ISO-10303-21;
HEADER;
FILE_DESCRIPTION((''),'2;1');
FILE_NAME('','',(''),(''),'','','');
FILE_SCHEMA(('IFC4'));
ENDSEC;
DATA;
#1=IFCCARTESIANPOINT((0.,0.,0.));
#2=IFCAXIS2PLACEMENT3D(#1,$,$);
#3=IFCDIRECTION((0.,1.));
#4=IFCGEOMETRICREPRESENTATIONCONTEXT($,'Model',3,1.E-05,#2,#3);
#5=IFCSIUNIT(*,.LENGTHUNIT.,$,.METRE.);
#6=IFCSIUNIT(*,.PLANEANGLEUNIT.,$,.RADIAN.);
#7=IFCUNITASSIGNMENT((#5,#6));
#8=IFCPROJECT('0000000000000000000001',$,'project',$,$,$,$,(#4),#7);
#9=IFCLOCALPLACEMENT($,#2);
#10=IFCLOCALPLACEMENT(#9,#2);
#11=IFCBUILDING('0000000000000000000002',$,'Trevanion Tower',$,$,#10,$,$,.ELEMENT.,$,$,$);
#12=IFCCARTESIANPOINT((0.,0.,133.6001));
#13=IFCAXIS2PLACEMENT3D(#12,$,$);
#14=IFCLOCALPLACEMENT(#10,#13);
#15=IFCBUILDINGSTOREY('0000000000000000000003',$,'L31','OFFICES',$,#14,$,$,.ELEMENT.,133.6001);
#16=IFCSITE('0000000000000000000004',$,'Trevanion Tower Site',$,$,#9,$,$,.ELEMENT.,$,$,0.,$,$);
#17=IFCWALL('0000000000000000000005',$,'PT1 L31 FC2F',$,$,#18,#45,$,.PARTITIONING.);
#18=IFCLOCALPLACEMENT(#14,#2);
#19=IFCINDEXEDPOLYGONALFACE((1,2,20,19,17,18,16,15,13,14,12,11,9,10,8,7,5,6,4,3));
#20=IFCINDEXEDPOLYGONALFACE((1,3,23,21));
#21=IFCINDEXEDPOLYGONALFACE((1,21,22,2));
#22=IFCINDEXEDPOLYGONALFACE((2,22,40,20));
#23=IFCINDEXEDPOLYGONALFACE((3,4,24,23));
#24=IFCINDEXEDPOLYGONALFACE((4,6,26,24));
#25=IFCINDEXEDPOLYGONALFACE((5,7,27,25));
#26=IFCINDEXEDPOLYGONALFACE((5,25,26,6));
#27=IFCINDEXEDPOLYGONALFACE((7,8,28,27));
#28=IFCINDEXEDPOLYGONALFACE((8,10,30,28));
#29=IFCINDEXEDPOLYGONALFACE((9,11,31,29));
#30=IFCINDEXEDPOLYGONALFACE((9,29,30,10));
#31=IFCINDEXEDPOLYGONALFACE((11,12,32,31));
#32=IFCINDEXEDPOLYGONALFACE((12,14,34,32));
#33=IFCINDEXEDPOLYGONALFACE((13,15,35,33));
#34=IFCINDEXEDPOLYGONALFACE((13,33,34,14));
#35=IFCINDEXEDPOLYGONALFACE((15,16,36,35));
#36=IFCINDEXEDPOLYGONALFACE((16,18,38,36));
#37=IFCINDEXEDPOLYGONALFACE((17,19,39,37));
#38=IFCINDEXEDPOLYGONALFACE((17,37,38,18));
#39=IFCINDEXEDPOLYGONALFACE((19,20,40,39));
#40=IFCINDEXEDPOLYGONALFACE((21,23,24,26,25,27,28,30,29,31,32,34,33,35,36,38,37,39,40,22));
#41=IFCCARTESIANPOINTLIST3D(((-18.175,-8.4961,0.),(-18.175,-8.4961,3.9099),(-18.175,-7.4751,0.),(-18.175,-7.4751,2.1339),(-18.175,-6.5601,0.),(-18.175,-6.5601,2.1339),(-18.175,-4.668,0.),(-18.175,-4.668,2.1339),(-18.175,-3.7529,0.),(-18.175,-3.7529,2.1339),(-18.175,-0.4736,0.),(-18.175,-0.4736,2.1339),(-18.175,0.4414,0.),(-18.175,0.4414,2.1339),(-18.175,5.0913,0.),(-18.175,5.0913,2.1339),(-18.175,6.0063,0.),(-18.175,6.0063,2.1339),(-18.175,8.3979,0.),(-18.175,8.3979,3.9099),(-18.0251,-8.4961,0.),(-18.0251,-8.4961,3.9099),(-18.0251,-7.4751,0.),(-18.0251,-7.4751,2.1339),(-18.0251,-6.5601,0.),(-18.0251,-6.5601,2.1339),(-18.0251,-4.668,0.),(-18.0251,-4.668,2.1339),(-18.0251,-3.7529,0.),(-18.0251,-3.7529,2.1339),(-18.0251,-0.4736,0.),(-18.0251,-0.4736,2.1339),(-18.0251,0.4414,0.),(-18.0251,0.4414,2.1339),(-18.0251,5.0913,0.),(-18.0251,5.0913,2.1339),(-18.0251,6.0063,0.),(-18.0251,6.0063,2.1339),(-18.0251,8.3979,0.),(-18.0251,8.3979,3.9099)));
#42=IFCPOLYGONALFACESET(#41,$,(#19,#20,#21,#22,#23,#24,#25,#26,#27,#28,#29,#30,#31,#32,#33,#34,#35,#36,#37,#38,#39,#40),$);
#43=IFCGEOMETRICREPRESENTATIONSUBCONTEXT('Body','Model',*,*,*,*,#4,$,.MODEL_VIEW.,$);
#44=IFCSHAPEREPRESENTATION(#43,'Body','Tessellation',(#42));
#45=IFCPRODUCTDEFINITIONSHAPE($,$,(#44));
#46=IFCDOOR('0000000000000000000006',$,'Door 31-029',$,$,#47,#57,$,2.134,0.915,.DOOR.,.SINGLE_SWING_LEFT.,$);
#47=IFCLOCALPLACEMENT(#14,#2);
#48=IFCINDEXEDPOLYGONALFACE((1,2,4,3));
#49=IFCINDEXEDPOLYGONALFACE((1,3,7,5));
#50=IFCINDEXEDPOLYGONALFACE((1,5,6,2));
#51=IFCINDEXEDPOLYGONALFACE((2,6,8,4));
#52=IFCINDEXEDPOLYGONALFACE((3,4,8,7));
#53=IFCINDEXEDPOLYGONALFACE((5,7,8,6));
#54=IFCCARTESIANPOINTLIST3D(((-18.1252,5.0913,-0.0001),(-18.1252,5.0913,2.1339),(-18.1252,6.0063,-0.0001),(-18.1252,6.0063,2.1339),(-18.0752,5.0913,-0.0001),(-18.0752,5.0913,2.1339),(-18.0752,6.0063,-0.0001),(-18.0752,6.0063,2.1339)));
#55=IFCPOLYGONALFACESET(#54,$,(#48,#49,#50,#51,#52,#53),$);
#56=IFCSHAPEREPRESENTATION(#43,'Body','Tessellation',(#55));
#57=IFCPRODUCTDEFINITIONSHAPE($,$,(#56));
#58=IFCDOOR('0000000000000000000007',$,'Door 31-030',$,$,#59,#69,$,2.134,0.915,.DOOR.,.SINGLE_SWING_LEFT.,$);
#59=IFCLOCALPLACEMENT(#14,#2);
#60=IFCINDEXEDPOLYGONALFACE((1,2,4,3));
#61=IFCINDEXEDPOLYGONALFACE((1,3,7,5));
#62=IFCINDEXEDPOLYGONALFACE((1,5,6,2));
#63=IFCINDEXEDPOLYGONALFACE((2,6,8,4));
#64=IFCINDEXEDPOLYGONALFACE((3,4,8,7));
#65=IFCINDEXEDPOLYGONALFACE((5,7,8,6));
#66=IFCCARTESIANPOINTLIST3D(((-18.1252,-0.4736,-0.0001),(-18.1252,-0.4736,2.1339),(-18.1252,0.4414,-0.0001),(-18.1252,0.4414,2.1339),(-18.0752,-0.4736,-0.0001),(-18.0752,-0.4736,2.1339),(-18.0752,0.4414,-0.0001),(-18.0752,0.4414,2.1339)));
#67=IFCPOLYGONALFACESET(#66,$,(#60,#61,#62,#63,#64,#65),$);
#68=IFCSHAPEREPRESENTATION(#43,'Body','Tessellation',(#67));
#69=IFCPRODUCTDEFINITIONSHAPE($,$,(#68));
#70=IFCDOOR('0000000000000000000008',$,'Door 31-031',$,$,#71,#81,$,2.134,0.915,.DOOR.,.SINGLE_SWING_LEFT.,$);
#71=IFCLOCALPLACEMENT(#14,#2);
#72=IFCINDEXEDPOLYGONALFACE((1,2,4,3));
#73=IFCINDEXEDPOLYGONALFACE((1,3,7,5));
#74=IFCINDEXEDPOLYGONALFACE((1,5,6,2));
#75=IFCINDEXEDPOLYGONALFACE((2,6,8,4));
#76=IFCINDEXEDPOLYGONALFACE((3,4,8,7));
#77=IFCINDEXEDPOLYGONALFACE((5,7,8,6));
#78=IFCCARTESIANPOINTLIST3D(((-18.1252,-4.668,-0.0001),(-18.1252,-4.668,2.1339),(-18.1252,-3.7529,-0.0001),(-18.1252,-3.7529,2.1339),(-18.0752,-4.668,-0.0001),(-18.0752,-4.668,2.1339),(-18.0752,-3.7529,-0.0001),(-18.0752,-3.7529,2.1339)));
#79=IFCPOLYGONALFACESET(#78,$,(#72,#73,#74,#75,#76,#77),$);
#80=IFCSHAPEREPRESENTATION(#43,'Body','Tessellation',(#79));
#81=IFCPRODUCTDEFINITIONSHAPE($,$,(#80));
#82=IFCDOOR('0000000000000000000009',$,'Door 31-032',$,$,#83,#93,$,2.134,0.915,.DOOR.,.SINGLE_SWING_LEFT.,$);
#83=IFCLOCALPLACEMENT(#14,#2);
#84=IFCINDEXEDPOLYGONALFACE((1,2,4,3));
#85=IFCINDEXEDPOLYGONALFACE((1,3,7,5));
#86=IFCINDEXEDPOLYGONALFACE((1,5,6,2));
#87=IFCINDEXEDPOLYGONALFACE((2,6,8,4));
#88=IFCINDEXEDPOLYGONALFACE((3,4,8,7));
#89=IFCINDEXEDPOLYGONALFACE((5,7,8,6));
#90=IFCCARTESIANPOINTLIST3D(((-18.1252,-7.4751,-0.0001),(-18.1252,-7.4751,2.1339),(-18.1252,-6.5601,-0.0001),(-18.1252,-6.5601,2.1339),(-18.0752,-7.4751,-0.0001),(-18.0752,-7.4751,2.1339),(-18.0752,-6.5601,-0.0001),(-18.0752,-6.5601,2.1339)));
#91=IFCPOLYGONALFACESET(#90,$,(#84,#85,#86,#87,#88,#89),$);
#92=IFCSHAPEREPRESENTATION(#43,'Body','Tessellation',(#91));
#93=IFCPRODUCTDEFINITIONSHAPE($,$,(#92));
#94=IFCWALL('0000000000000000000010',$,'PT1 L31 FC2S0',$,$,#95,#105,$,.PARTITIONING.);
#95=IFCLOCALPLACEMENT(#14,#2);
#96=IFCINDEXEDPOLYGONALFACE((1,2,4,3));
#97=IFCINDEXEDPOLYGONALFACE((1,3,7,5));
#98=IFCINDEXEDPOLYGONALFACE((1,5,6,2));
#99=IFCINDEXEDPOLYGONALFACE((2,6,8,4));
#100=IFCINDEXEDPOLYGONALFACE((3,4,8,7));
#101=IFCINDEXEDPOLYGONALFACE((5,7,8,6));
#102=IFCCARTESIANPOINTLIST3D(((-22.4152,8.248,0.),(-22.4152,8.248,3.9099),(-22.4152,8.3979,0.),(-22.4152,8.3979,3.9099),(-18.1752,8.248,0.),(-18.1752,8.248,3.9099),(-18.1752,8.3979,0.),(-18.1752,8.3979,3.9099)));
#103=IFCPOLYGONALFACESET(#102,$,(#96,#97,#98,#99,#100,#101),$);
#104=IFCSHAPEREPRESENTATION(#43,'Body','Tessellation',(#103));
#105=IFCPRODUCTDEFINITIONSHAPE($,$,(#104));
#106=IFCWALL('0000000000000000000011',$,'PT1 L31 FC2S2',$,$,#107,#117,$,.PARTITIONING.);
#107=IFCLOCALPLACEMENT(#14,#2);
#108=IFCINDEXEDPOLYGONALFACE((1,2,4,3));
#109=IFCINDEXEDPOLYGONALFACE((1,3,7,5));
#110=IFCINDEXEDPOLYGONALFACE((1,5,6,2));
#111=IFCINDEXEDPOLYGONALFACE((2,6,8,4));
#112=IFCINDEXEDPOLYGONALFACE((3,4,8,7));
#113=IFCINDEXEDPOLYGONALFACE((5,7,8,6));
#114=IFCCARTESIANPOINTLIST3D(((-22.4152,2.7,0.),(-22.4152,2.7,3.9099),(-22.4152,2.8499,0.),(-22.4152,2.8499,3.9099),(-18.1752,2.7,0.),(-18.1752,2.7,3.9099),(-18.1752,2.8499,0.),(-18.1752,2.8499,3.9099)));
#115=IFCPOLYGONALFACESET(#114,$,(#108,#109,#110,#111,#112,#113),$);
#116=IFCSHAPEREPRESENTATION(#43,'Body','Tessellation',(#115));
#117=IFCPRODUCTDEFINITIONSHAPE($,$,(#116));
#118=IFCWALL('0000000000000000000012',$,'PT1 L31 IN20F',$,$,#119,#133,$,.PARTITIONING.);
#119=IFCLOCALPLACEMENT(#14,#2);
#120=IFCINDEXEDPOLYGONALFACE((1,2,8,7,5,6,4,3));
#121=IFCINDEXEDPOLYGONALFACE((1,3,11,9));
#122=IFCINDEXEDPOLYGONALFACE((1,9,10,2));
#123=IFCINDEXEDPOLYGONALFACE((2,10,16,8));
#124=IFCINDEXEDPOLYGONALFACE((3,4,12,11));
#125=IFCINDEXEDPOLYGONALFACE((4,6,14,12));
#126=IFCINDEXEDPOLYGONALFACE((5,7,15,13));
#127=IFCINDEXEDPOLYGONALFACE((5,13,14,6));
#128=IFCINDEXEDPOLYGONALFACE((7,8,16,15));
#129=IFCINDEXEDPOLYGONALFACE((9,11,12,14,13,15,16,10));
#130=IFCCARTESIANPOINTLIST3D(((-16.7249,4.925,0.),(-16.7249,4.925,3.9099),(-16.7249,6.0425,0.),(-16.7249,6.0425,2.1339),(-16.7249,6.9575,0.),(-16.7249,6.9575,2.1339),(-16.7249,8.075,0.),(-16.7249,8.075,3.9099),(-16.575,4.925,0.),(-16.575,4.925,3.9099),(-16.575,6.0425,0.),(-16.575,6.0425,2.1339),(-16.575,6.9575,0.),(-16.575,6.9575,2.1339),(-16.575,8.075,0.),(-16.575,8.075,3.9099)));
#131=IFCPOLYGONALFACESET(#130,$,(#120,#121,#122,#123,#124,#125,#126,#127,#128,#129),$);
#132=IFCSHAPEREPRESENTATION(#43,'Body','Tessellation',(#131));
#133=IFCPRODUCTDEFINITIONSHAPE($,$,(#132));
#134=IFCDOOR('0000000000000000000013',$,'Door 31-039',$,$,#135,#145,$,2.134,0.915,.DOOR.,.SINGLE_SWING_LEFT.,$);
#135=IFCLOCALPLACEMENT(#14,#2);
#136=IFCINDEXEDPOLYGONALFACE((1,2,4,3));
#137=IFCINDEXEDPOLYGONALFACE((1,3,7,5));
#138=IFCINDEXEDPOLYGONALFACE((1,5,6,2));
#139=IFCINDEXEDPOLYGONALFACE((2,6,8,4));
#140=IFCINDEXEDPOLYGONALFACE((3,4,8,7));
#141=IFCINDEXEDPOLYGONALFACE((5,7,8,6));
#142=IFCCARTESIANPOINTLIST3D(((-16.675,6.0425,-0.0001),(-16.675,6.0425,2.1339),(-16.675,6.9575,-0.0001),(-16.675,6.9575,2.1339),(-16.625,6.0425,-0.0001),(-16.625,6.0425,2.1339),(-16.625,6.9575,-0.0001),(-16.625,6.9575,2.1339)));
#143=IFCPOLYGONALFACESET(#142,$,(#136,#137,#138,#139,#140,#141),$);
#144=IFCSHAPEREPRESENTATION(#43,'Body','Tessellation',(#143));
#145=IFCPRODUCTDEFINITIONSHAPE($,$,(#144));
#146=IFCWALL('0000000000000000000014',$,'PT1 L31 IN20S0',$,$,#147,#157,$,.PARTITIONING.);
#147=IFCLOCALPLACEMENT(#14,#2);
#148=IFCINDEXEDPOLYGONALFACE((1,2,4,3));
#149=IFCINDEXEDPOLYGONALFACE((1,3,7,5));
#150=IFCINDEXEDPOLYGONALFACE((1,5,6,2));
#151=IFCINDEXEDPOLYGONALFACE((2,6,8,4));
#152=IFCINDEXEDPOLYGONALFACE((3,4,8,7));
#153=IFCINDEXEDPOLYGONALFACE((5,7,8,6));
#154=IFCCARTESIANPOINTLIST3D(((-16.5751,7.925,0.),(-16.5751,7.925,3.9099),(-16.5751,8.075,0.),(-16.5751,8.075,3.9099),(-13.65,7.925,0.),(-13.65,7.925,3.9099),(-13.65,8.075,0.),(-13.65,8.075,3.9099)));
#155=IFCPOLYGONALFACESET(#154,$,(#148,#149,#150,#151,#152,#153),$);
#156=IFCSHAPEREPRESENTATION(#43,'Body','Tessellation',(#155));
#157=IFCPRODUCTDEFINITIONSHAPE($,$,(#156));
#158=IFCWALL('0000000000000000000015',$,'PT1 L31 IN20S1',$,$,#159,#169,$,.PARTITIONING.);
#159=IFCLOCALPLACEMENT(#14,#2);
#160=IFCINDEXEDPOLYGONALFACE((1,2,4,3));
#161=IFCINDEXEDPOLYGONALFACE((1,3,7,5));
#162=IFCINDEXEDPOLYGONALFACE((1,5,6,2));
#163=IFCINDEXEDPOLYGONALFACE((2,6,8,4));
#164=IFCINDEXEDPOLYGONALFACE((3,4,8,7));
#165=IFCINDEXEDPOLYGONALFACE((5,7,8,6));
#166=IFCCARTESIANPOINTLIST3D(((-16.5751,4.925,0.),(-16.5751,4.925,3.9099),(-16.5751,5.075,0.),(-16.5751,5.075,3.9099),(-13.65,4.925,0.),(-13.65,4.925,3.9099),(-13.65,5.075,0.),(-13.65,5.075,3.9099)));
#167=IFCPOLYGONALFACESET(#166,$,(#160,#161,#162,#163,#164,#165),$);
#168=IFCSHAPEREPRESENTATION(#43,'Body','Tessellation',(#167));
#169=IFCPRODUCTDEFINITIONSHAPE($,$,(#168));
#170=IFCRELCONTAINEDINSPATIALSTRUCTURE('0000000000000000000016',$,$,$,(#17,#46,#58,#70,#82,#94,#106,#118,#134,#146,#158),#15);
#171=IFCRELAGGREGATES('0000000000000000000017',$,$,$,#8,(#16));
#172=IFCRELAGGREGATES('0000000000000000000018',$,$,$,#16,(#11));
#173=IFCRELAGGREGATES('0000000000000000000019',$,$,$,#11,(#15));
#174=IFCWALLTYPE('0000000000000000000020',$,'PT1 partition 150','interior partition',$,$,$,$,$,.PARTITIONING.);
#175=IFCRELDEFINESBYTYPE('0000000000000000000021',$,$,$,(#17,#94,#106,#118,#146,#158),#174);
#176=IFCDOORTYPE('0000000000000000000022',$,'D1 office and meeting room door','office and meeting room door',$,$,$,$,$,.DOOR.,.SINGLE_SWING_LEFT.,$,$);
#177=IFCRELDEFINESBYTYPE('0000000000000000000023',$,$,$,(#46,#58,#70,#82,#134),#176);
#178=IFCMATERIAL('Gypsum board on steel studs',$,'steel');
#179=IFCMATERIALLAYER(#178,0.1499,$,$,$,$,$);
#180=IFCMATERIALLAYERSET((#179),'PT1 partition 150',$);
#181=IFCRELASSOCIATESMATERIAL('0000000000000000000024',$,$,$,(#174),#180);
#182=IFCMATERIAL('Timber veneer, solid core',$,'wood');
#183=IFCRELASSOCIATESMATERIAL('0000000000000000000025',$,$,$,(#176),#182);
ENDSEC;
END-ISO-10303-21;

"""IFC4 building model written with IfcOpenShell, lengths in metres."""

from ifc_helpers import new_model, si_unit, direction, frame, frame_2d, origin, place, context, subcontext, project, spatial, rectangle, extrude, material, layer, layer_set, type_object, element, fill, save


model = new_model("IFC4")

# Units and contexts
model_context = context("Model", 3, precision=1e-05, world=origin(), true_north=direction((0.0, 1.0)))
body_context = subcontext(model_context, "Body", "Model", "MODEL_VIEW")
ifc_project = project(units=[si_unit("LENGTHUNIT", "METRE"), si_unit("PLANEANGLEUNIT", "RADIAN")], contexts=[model_context])

# Site, building, storey
site_placement = place(None, origin())
site = spatial("IfcSite", under=ifc_project, at=site_placement, Name="Trevanion Tower Site", CompositionType="ELEMENT", RefElevation=0.0)
building_placement = place(site_placement, origin())
building = spatial("IfcBuilding", under=site, at=building_placement, Name="Trevanion Tower", CompositionType="ELEMENT")
storey_placement = place(building_placement, frame((0.0, 0.0, 133.6001)))
storey = spatial("IfcBuildingStorey", under=building, at=storey_placement, Name="L31", Description="OFFICES", CompositionType="ELEMENT", Elevation=133.6001)

# Wall, openings, doors
ifc_material_1 = material(Name="Gypsum board on steel studs", Category="steel")
ifc_layer_1 = layer(ifc_material_1, 0.1499)
ifc_layer_set_1 = layer_set([ifc_layer_1], Name="PT1 partition 150")
wall_type = type_object("IfcWallType", Name="PT1 partition 150", Description="interior partition", PredefinedType="PARTITIONING", material=ifc_layer_set_1)
wall_1_placement = place(storey_placement, frame((-18.1001, 8.3979, 0.0), z_axis=(0.0, 0.0, 1.0), x_axis=(0.0, -1.0, 0.0)))
wall_1 = element("IfcWall", 1, at=wall_1_placement, inside=storey, type_object=wall_type, Name="PT1 L31 FC2F", PredefinedType="PARTITIONING", context=body_context, shape_type="SweptSolid", body=[
    extrude(rectangle(XDim=16.894, YDim=0.1499, at=frame_2d((8.447, 0.0))), origin(), (0.0, 0.0, 1.0), 3.9099),
])
opening_1_placement = place(wall_1_placement, frame((2.3916, 0.0, 0.0)))
opening_1 = element("IfcOpeningElement", 2, at=opening_1_placement, cuts=wall_1, PredefinedType="OPENING", context=body_context, shape_type="SweptSolid", body=[
    extrude(rectangle(XDim=0.915, YDim=2.134, at=frame_2d((0.4575, 1.0669))), frame((0.0, 0.085, 0.0), z_axis=(0.0, -1.0, 0.0), x_axis=(1.0, 0.0, 0.0)), (0.0, 0.0, 1.0), 0.1699),
])
opening_2_placement = place(wall_1_placement, frame((7.9565, 0.0, 0.0)))
opening_2 = element("IfcOpeningElement", 3, at=opening_2_placement, cuts=wall_1, PredefinedType="OPENING", context=body_context, shape_type="SweptSolid", body=[
    extrude(rectangle(XDim=0.915, YDim=2.134, at=frame_2d((0.4575, 1.0669))), frame((0.0, 0.085, 0.0), z_axis=(0.0, -1.0, 0.0), x_axis=(1.0, 0.0, 0.0)), (0.0, 0.0, 1.0), 0.1699),
])
opening_3_placement = place(wall_1_placement, frame((12.1509, 0.0, 0.0)))
opening_3 = element("IfcOpeningElement", 4, at=opening_3_placement, cuts=wall_1, PredefinedType="OPENING", context=body_context, shape_type="SweptSolid", body=[
    extrude(rectangle(XDim=0.915, YDim=2.134, at=frame_2d((0.4575, 1.0669))), frame((0.0, 0.085, 0.0), z_axis=(0.0, -1.0, 0.0), x_axis=(1.0, 0.0, 0.0)), (0.0, 0.0, 1.0), 0.1699),
])
opening_4_placement = place(wall_1_placement, frame((14.958, 0.0, 0.0)))
opening_4 = element("IfcOpeningElement", 5, at=opening_4_placement, cuts=wall_1, PredefinedType="OPENING", context=body_context, shape_type="SweptSolid", body=[
    extrude(rectangle(XDim=0.915, YDim=2.134, at=frame_2d((0.4575, 1.0669))), frame((0.0, 0.085, 0.0), z_axis=(0.0, -1.0, 0.0), x_axis=(1.0, 0.0, 0.0)), (0.0, 0.0, 1.0), 0.1699),
])
ifc_material_2 = material(Name="Timber veneer, solid core", Category="wood")
door_type = type_object("IfcDoorType", Name="D1 office and meeting room door", Description="office and meeting room door", OperationType="SINGLE_SWING_LEFT", PredefinedType="DOOR", material=ifc_material_2)
door_1_placement = place(opening_1_placement, origin())
door_1 = element("IfcDoor", 6, at=door_1_placement, inside=storey, type_object=door_type, Name="Door 31-029", OperationType="SINGLE_SWING_LEFT", OverallHeight=2.134, OverallWidth=0.915, PredefinedType="DOOR", context=body_context, shape_type="SweptSolid", body=[
    extrude(rectangle(XDim=0.915, YDim=2.134, at=frame_2d((0.4575, 1.0669))), frame((0.0, 0.0249, 0.0), z_axis=(0.0, -1.0, 0.0), x_axis=(1.0, 0.0, 0.0)), (0.0, 0.0, 1.0), 0.05),
])
fill(opening_1, door_1)
door_2_placement = place(opening_2_placement, origin())
door_2 = element("IfcDoor", 7, at=door_2_placement, inside=storey, type_object=door_type, Name="Door 31-030", OperationType="SINGLE_SWING_LEFT", OverallHeight=2.134, OverallWidth=0.915, PredefinedType="DOOR", context=body_context, shape_type="SweptSolid", body=[
    extrude(rectangle(XDim=0.915, YDim=2.134, at=frame_2d((0.4575, 1.0669))), frame((0.0, 0.0249, 0.0), z_axis=(0.0, -1.0, 0.0), x_axis=(1.0, 0.0, 0.0)), (0.0, 0.0, 1.0), 0.05),
])
fill(opening_2, door_2)
door_3_placement = place(opening_3_placement, origin())
door_3 = element("IfcDoor", 8, at=door_3_placement, inside=storey, type_object=door_type, Name="Door 31-031", OperationType="SINGLE_SWING_LEFT", OverallHeight=2.134, OverallWidth=0.915, PredefinedType="DOOR", context=body_context, shape_type="SweptSolid", body=[
    extrude(rectangle(XDim=0.915, YDim=2.134, at=frame_2d((0.4575, 1.0669))), frame((0.0, 0.0249, 0.0), z_axis=(0.0, -1.0, 0.0), x_axis=(1.0, 0.0, 0.0)), (0.0, 0.0, 1.0), 0.05),
])
fill(opening_3, door_3)
door_4_placement = place(opening_4_placement, origin())
door_4 = element("IfcDoor", 9, at=door_4_placement, inside=storey, type_object=door_type, Name="Door 31-032", OperationType="SINGLE_SWING_LEFT", OverallHeight=2.134, OverallWidth=0.915, PredefinedType="DOOR", context=body_context, shape_type="SweptSolid", body=[
    extrude(rectangle(XDim=0.915, YDim=2.134, at=frame_2d((0.4575, 1.0669))), frame((0.0, 0.0249, 0.0), z_axis=(0.0, -1.0, 0.0), x_axis=(1.0, 0.0, 0.0)), (0.0, 0.0, 1.0), 0.05),
])
fill(opening_4, door_4)

# Walls
for number, where, z_axis, x_axis, name in (
    (10, (-18.175, 8.323, 0.0), (0.0, 0.0, 1.0), (-1.0, 0.0, 0.0), "PT1 L31 FC2S0"),
    (11, (-18.175, 2.7749, 0.0), (0.0, 0.0, 1.0), (-1.0, 0.0, 0.0), "PT1 L31 FC2S2"),
):
    element("IfcWall", number, at=place(storey_placement, frame(where, z_axis=z_axis, x_axis=x_axis)), inside=storey, type_object=wall_type, Name=name, PredefinedType="PARTITIONING", context=body_context, shape_type="SweptSolid", body=[
        extrude(rectangle(XDim=4.24, YDim=0.1499, at=frame_2d((2.1201, 0.0))), origin(), (0.0, 0.0, 1.0), 3.9099),
    ])

# Wall, opening, door
wall_2_placement = place(storey_placement, frame((-16.6499, 8.075, 0.0), z_axis=(0.0, 0.0, 1.0), x_axis=(0.0, -1.0, 0.0)))
wall_2 = element("IfcWall", 12, at=wall_2_placement, inside=storey, type_object=wall_type, Name="PT1 L31 IN20F", PredefinedType="PARTITIONING", context=body_context, shape_type="SweptSolid", body=[
    extrude(rectangle(XDim=3.1499, YDim=0.1499, at=frame_2d((1.575, 0.0))), origin(), (0.0, 0.0, 1.0), 3.9099),
])
opening_5_placement = place(wall_2_placement, frame((1.1174, 0.0, 0.0)))
opening_5 = element("IfcOpeningElement", 13, at=opening_5_placement, cuts=wall_2, PredefinedType="OPENING", context=body_context, shape_type="SweptSolid", body=[
    extrude(rectangle(XDim=0.915, YDim=2.134, at=frame_2d((0.4575, 1.0669))), frame((0.0, 0.085, 0.0), z_axis=(0.0, -1.0, 0.0), x_axis=(1.0, 0.0, 0.0)), (0.0, 0.0, 1.0), 0.1699),
])
door_5_placement = place(opening_5_placement, origin())
door_5 = element("IfcDoor", 14, at=door_5_placement, inside=storey, type_object=door_type, Name="Door 31-039", OperationType="SINGLE_SWING_LEFT", OverallHeight=2.134, OverallWidth=0.915, PredefinedType="DOOR", context=body_context, shape_type="SweptSolid", body=[
    extrude(rectangle(XDim=0.915, YDim=2.134, at=frame_2d((0.4575, 1.0669))), frame((0.0, 0.0249, 0.0), z_axis=(0.0, -1.0, 0.0), x_axis=(1.0, 0.0, 0.0)), (0.0, 0.0, 1.0), 0.05),
])
fill(opening_5, door_5)

# Walls
for number, where, z_axis, x_axis, name in (
    (15, (-16.575, 8.0, 0.0), (0.0, 0.0, 1.0), (1.0, 0.0, 0.0), "PT1 L31 IN20S0"),
    (16, (-16.575, 5.0, 0.0), (0.0, 0.0, 1.0), (1.0, 0.0, 0.0), "PT1 L31 IN20S1"),
):
    element("IfcWall", number, at=place(storey_placement, frame(where, z_axis=z_axis, x_axis=x_axis)), inside=storey, type_object=wall_type, Name=name, PredefinedType="PARTITIONING", context=body_context, shape_type="SweptSolid", body=[
        extrude(rectangle(XDim=2.925, YDim=0.1499, at=frame_2d((1.4624, 0.0))), origin(), (0.0, 0.0, 1.0), 3.9099),
    ])

save(model, "model.ifc")
